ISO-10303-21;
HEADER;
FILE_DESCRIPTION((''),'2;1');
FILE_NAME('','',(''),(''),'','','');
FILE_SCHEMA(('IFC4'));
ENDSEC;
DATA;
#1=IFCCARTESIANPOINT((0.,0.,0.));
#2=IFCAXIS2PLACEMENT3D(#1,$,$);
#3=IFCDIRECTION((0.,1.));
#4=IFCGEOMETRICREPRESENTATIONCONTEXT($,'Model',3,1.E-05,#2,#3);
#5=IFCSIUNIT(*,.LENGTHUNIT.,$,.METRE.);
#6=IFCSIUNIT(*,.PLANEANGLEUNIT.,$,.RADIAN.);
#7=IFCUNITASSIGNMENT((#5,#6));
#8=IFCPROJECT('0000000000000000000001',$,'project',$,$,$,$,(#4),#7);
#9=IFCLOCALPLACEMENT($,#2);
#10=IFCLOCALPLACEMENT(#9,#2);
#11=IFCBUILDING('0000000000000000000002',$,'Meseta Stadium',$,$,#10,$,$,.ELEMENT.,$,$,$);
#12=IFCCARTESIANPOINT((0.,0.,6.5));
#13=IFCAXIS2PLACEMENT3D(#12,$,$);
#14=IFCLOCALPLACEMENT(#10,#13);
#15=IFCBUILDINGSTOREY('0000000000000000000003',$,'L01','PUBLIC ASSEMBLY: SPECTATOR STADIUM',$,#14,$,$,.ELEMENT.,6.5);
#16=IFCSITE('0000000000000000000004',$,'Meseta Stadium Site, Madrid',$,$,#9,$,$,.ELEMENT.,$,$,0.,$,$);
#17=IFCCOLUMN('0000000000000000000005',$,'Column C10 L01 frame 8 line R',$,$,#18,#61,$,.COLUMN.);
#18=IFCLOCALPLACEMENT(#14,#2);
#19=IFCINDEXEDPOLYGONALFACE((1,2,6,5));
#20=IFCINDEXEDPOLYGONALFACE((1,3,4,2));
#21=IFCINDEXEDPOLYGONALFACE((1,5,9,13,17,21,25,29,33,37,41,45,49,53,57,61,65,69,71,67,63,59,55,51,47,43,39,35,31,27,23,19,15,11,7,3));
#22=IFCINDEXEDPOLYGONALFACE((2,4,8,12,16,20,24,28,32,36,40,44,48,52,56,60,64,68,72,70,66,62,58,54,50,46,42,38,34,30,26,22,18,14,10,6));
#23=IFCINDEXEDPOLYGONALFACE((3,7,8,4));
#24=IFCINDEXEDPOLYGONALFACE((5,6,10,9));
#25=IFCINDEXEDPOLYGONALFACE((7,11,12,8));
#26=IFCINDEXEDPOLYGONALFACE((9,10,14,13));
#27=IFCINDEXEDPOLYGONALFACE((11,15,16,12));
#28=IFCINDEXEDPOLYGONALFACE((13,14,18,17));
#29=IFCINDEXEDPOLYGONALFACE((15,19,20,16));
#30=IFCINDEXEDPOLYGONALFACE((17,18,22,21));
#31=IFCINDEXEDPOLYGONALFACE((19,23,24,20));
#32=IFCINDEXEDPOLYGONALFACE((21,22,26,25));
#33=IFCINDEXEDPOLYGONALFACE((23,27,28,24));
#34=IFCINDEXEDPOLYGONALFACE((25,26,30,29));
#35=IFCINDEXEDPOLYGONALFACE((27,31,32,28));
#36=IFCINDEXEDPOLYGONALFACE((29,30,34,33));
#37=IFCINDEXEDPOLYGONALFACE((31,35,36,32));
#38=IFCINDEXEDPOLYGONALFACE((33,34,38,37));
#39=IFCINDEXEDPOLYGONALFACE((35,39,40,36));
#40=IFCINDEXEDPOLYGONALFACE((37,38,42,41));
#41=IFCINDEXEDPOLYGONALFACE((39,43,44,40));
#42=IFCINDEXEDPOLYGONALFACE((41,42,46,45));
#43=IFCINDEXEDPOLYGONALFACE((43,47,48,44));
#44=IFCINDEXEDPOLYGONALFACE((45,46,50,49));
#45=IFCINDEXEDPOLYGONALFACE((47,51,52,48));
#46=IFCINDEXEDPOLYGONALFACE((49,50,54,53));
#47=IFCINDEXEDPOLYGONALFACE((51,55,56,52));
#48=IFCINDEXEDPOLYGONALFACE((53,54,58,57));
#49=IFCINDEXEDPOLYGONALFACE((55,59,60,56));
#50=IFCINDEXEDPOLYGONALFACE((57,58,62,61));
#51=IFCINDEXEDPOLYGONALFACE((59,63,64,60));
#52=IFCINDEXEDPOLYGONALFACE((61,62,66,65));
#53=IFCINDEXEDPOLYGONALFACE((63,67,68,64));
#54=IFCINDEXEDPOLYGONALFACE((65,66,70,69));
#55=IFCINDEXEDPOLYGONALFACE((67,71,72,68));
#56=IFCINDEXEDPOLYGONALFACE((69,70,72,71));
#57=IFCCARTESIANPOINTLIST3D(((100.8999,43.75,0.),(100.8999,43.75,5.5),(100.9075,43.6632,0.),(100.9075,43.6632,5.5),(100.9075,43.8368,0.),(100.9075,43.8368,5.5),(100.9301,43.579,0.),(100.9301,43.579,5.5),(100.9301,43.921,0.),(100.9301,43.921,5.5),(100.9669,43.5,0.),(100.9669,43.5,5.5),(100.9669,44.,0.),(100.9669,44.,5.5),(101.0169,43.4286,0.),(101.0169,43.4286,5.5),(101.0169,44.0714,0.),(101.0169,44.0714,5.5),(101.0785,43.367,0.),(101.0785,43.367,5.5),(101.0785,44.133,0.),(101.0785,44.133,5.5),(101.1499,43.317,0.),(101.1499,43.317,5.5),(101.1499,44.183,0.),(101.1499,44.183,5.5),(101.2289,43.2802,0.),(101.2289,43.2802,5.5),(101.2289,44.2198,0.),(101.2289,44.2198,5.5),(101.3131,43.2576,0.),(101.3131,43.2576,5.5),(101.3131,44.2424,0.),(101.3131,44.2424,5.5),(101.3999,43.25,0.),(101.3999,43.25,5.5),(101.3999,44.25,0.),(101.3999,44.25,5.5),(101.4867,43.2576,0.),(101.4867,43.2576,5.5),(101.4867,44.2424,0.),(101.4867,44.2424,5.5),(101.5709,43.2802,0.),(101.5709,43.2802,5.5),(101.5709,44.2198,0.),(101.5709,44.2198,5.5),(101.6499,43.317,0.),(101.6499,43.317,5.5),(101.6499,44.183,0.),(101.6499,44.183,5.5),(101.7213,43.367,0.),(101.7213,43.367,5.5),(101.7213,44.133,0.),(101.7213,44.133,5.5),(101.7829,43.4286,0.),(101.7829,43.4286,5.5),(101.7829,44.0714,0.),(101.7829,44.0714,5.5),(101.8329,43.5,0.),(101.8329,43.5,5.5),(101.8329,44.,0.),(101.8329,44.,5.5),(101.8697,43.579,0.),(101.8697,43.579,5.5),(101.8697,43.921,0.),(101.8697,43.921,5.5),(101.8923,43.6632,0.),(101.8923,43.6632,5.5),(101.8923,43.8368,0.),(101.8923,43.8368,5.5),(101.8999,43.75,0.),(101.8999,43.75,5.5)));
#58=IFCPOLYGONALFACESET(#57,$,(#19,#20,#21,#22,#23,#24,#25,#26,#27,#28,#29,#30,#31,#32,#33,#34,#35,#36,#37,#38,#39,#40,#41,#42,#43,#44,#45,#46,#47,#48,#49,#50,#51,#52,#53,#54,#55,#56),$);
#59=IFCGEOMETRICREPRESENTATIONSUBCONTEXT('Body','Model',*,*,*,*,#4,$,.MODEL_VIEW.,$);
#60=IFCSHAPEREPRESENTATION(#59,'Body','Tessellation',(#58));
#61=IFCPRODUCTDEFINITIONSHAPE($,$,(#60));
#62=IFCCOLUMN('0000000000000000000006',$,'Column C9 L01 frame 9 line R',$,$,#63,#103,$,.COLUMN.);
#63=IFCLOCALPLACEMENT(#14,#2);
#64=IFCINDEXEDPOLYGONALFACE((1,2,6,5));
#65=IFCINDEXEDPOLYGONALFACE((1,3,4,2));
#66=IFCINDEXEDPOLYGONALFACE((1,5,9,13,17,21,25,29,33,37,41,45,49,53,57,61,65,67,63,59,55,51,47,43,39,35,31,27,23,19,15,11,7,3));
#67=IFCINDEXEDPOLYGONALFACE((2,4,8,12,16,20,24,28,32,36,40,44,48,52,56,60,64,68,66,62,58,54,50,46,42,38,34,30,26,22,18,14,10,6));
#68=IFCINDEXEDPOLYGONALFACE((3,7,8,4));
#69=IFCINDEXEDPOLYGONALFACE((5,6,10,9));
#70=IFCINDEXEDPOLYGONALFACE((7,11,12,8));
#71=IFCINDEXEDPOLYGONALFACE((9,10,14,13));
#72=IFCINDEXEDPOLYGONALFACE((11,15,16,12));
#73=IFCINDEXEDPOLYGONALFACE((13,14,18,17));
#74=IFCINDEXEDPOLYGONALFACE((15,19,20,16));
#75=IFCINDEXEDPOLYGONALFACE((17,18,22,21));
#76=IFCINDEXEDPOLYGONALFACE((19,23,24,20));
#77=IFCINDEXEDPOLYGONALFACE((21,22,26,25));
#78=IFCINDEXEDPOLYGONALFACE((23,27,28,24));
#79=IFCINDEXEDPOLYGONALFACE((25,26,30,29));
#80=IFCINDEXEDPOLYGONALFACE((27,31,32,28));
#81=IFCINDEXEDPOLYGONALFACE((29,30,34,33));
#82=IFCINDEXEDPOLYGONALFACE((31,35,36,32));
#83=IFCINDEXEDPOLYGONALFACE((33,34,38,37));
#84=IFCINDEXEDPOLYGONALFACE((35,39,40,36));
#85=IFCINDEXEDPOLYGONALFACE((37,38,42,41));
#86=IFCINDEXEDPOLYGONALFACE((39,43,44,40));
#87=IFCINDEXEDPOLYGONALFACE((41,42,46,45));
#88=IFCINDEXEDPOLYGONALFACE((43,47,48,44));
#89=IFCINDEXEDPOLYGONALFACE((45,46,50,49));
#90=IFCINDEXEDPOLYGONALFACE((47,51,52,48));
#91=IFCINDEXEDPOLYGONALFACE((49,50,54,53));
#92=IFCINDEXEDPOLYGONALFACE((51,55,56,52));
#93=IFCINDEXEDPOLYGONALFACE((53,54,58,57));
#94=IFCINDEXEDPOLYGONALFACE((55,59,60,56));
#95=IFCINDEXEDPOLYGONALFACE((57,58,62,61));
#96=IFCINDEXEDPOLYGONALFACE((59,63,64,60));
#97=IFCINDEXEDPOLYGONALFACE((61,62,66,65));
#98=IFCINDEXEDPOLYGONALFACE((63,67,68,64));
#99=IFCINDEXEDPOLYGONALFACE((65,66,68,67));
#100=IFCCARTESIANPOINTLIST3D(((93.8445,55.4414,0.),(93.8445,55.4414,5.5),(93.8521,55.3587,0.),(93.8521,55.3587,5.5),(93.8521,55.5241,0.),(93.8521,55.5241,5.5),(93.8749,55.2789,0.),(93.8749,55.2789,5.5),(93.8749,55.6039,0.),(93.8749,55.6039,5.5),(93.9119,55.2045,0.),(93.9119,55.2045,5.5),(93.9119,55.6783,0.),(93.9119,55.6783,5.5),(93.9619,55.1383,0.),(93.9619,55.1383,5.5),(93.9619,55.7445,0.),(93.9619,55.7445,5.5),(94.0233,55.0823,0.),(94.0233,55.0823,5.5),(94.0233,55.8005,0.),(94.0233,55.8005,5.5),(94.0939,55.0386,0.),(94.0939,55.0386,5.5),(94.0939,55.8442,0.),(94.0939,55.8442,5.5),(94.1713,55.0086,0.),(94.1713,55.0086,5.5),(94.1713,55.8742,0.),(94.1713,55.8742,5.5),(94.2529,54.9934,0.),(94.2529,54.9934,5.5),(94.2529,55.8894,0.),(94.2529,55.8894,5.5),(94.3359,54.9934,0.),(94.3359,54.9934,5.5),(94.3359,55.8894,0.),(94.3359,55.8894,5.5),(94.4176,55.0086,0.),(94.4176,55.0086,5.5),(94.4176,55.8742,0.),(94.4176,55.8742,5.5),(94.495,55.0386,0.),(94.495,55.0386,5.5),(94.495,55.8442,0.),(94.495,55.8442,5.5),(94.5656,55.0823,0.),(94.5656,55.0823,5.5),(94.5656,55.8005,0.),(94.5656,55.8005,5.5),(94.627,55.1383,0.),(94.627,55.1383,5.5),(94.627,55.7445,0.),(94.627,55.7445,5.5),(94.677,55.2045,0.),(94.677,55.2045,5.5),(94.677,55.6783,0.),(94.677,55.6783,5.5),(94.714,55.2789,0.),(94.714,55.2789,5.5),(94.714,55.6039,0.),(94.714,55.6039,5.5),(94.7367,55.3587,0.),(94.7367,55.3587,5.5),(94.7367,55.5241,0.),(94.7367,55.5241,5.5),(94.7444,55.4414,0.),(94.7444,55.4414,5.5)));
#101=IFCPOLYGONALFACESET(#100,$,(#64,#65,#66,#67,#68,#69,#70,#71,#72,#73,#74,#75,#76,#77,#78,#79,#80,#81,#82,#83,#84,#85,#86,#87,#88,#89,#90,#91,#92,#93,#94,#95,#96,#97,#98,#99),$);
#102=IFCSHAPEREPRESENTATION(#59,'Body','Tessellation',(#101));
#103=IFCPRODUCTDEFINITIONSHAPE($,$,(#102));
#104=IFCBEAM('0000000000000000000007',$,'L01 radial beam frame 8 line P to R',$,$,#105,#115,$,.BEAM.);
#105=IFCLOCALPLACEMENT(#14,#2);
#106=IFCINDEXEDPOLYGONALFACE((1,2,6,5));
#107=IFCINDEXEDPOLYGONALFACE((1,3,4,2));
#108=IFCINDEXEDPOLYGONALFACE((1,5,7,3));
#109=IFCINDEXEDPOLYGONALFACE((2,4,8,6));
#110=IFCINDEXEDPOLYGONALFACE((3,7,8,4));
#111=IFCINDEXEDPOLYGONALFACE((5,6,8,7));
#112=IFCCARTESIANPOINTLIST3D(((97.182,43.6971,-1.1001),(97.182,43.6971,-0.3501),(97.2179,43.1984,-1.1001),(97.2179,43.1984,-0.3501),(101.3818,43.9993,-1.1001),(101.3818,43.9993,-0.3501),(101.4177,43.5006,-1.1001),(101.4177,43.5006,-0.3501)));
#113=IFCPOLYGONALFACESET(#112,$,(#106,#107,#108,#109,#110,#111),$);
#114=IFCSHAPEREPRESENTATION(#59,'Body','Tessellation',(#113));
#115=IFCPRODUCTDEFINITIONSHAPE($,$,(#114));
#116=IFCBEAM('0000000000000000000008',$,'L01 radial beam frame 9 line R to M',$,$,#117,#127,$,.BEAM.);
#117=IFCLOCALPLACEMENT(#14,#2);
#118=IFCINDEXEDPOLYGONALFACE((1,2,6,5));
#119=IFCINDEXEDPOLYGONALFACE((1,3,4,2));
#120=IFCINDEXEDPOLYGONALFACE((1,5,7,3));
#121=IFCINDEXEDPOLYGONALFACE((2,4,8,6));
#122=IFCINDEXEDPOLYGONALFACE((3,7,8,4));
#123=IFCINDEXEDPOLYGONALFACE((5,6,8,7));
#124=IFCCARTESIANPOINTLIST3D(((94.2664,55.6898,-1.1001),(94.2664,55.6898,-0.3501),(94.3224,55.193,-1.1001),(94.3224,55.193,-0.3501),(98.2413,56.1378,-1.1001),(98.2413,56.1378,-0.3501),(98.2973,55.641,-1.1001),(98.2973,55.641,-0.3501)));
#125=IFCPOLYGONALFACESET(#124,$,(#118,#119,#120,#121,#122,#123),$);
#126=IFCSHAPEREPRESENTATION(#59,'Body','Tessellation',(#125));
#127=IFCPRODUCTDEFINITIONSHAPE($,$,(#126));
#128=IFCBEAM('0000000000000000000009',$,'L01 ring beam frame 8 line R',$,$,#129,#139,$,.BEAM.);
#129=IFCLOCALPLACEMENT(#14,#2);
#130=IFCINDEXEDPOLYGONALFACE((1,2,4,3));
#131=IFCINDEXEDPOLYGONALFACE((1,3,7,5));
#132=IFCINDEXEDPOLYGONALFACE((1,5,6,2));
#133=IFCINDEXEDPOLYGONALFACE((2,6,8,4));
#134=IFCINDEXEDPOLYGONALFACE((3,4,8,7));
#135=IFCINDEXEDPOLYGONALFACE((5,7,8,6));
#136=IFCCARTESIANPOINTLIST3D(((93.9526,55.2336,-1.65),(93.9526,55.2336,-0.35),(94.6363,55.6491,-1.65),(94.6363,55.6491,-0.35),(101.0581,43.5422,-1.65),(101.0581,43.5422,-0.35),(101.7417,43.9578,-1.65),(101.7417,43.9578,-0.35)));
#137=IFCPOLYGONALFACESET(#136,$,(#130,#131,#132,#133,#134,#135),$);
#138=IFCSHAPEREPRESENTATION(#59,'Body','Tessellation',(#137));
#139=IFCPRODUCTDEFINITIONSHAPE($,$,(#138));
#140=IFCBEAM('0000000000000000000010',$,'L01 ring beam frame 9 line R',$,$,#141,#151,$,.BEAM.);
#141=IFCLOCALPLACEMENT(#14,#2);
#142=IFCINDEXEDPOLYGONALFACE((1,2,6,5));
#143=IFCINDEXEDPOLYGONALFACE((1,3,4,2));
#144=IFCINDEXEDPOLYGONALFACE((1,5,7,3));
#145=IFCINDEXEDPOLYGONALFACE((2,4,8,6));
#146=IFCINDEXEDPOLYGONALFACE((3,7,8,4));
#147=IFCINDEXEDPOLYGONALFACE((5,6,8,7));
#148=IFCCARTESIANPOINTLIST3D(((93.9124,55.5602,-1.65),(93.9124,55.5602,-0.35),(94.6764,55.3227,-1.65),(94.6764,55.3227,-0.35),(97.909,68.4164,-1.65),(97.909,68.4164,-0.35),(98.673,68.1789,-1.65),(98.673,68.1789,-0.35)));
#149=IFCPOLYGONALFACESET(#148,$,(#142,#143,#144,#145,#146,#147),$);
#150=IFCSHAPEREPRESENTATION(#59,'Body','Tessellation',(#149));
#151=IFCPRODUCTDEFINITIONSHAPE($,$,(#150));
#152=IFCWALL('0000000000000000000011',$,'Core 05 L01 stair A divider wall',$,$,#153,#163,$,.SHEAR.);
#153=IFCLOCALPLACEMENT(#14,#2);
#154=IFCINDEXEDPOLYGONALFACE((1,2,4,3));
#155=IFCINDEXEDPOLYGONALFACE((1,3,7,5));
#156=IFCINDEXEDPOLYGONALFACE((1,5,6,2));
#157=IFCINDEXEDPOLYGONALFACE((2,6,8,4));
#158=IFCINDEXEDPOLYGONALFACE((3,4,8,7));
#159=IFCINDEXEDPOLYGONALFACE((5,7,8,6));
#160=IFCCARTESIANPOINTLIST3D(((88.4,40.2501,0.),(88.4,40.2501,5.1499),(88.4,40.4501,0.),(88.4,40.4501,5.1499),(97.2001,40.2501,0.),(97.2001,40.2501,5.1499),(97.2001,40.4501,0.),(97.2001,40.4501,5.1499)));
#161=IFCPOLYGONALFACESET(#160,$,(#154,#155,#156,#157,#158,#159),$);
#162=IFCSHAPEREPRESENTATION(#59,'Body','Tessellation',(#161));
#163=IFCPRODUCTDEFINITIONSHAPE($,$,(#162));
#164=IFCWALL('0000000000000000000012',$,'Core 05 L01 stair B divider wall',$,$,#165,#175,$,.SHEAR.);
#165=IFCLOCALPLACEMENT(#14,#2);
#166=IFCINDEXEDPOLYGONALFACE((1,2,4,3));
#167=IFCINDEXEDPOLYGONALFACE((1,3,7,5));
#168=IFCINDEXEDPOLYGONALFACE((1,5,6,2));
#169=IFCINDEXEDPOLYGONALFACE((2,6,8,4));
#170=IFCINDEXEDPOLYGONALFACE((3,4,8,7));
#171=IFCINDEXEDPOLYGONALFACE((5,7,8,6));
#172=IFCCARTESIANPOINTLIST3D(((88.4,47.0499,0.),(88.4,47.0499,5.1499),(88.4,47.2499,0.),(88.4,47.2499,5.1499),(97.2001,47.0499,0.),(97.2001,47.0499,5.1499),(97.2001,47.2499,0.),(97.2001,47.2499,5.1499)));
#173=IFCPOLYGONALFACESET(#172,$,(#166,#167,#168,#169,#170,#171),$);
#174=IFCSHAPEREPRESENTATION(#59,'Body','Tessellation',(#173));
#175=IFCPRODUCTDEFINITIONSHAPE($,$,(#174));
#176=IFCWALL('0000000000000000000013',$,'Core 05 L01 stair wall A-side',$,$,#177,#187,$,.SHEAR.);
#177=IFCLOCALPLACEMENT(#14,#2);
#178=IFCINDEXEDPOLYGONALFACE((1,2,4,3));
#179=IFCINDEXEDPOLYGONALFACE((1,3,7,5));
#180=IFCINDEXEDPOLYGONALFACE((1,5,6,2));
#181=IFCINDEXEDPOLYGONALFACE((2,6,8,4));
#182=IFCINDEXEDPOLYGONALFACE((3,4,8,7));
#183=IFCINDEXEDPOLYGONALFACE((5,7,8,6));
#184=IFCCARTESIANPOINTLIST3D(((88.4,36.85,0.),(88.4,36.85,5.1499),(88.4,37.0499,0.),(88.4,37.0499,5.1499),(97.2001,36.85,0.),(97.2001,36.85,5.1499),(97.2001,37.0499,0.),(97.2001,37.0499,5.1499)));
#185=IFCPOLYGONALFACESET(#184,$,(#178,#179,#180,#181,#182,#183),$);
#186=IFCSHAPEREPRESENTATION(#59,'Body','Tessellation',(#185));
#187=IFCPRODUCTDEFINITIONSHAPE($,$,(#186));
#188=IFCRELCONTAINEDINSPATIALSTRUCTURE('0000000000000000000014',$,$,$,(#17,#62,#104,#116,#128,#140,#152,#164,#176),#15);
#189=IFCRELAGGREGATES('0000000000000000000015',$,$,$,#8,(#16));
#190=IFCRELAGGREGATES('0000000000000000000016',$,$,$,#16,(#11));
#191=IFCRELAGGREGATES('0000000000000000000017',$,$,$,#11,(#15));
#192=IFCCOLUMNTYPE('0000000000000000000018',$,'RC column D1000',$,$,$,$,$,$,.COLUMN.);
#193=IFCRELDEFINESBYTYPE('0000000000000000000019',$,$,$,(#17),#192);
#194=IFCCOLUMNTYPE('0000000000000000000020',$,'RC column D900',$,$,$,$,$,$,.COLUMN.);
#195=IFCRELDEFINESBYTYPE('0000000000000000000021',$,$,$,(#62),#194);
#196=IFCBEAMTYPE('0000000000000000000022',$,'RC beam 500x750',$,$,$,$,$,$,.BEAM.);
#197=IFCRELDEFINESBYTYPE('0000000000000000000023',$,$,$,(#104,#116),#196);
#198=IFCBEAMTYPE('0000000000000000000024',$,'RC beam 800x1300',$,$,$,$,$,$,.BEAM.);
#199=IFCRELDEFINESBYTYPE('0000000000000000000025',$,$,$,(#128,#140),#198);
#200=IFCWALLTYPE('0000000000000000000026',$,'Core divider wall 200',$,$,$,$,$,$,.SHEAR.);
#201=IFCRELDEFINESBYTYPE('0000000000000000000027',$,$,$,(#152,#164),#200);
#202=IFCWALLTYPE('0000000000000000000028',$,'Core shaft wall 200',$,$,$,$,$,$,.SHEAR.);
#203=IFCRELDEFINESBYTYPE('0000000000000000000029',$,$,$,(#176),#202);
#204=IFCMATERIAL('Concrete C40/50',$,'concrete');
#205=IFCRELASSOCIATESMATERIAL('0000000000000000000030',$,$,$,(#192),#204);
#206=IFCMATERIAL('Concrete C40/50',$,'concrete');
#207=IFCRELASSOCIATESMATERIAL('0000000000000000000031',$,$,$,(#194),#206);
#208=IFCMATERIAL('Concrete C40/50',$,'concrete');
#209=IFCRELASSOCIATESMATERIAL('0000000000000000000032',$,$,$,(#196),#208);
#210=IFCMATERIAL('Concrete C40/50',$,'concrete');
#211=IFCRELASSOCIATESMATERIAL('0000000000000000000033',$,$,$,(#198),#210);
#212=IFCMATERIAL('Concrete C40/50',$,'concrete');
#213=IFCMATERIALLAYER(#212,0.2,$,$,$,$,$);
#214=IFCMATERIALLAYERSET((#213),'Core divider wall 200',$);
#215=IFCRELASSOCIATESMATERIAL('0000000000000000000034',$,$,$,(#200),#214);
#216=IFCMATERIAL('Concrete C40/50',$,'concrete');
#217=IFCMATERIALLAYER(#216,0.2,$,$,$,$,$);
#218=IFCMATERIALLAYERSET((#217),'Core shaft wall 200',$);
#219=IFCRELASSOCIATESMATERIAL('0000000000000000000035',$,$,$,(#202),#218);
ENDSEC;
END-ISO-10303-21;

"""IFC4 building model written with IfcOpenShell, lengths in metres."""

from ifc_helpers import new_model, si_unit, direction, frame, frame_2d, origin, origin_2d, place, context, subcontext, project, spatial, rectangle, circle, extrude, material, layer, layer_set, material_profile, profile_set, type_object, element, save


model = new_model("IFC4")

# Units and contexts
model_context = context("Model", 3, precision=1e-05, world=origin(), true_north=direction((0.0, 1.0)))
body_context = subcontext(model_context, "Body", "Model", "MODEL_VIEW")
ifc_project = project(units=[si_unit("LENGTHUNIT", "METRE"), si_unit("PLANEANGLEUNIT", "RADIAN")], contexts=[model_context])

# Site, building, storey
site_placement = place(None, origin())
site = spatial("IfcSite", under=ifc_project, at=site_placement, Name="Meseta Stadium Site, Madrid", CompositionType="ELEMENT", RefElevation=0.0)
building_placement = place(site_placement, origin())
building = spatial("IfcBuilding", under=site, at=building_placement, Name="Meseta Stadium", CompositionType="ELEMENT")
storey_placement = place(building_placement, frame((0.0, 0.0, 6.5)))
storey = spatial("IfcBuildingStorey", under=building, at=storey_placement, Name="L01", Description="PUBLIC ASSEMBLY: SPECTATOR STADIUM", CompositionType="ELEMENT", Elevation=6.5)

# Columns
ifc_material_1 = material(Name="Concrete C40/50", Category="concrete")
ifc_material_profile_1 = material_profile(ifc_material_1, circle(Radius=0.5, at=origin_2d()), Name="RC D1000")
ifc_profile_set_1 = profile_set([ifc_material_profile_1], Name="Concrete C40/50")
column_type_1 = type_object("IfcColumnType", Name="RC column D1000", PredefinedType="COLUMN", material=ifc_profile_set_1)
column_1_placement = place(storey_placement, frame((101.3999, 43.75, 0.0), z_axis=(0.0, 0.0, 1.0), x_axis=(1.0, 0.0, 0.0)))
element("IfcColumn", 1, at=column_1_placement, inside=storey, type_object=column_type_1, Name="Column C10 L01 frame 8 line R", PredefinedType="COLUMN", context=body_context, shape_type="SweptSolid", body=[
    extrude(circle(Radius=0.5, at=origin_2d()), origin(), (0.0, 0.0, 1.0), 5.5),
])
ifc_material_2 = material(Name="Concrete C40/50", Category="concrete")
ifc_material_profile_2 = material_profile(ifc_material_2, circle(Radius=0.45, at=origin_2d()), Name="RC D900")
ifc_profile_set_2 = profile_set([ifc_material_profile_2], Name="Concrete C40/50")
column_type_2 = type_object("IfcColumnType", Name="RC column D900", PredefinedType="COLUMN", material=ifc_profile_set_2)
column_2_placement = place(storey_placement, frame((94.2944, 55.4414, 0.0), z_axis=(0.0, 0.0, 1.0), x_axis=(1.0, 0.0, 0.0)))
element("IfcColumn", 2, at=column_2_placement, inside=storey, type_object=column_type_2, Name="Column C9 L01 frame 9 line R", PredefinedType="COLUMN", context=body_context, shape_type="SweptSolid", body=[
    extrude(circle(Radius=0.45, at=origin_2d()), origin(), (0.0, 0.0, 1.0), 5.5),
])

# Beams
ifc_material_3 = material(Name="Concrete C40/50", Category="concrete")
ifc_material_profile_3 = material_profile(ifc_material_3, rectangle(XDim=0.5, YDim=0.75, at=origin_2d()), Name="RC 500x750")
ifc_profile_set_3 = profile_set([ifc_material_profile_3], Name="Concrete C40/50")
beam_type_1 = type_object("IfcBeamType", Name="RC beam 500x750", PredefinedType="BEAM", material=ifc_profile_set_3)
beam_1_placement = place(storey_placement, frame((97.2, 43.4478, -0.7251), z_axis=(0.997421, 0.071779, 0.0), x_axis=(-0.071779, 0.997421, 0.0)))
element("IfcBeam", 3, at=beam_1_placement, inside=storey, type_object=beam_type_1, Name="L01 radial beam frame 8 line P to R", PredefinedType="BEAM", context=body_context, shape_type="SweptSolid", body=[
    extrude(rectangle(XDim=0.5, YDim=0.75, at=origin_2d()), origin(), (0.0, 0.0, 1.0), 4.2107),
])
beam_2_placement = place(storey_placement, frame((94.2944, 55.4414, -0.7251), z_axis=(0.993708, 0.111999, 0.0), x_axis=(-0.111999, 0.993708, 0.0)))
element("IfcBeam", 4, at=beam_2_placement, inside=storey, type_object=beam_type_1, Name="L01 radial beam frame 9 line R to M", PredefinedType="BEAM", context=body_context, shape_type="SweptSolid", body=[
    extrude(rectangle(XDim=0.5, YDim=0.75, at=origin_2d()), origin(), (0.0, 0.0, 1.0), 4.0),
])
ifc_material_4 = material(Name="Concrete C40/50", Category="concrete")
ifc_material_profile_4 = material_profile(ifc_material_4, rectangle(XDim=0.8, YDim=1.3, at=origin_2d()), Name="RC 800x1300")
ifc_profile_set_4 = profile_set([ifc_material_profile_4], Name="Concrete C40/50")
beam_type_2 = type_object("IfcBeamType", Name="RC beam 800x1300", PredefinedType="BEAM", material=ifc_profile_set_4)
beam_3_placement = place(storey_placement, frame((101.3999, 43.75, -1.0), z_axis=(-0.519358, 0.854557, 0.0), x_axis=(-0.854557, -0.519358, 0.0)))
element("IfcBeam", 5, at=beam_3_placement, inside=storey, type_object=beam_type_2, Name="L01 ring beam frame 8 line R", PredefinedType="BEAM", context=body_context, shape_type="SweptSolid", body=[
    extrude(rectangle(XDim=0.8, YDim=1.3, at=origin_2d()), origin(), (0.0, 0.0, 1.0), 13.6812),
])
beam_4_placement = place(storey_placement, frame((94.2944, 55.4414, -1.0), z_axis=(0.296855, 0.954923, 0.0), x_axis=(-0.954923, 0.296855, 0.0)))
element("IfcBeam", 6, at=beam_4_placement, inside=storey, type_object=beam_type_2, Name="L01 ring beam frame 9 line R", PredefinedType="BEAM", context=body_context, shape_type="SweptSolid", body=[
    extrude(rectangle(XDim=0.8, YDim=1.3, at=origin_2d()), origin(), (0.0, 0.0, 1.0), 13.4631),
])

# Walls
ifc_material_5 = material(Name="Concrete C40/50", Category="concrete")
ifc_layer_1 = layer(ifc_material_5, 0.2)
ifc_layer_set_1 = layer_set([ifc_layer_1], Name="Core divider wall 200")
wall_type_1 = type_object("IfcWallType", Name="Core divider wall 200", PredefinedType="SHEAR", material=ifc_layer_set_1)
for number, where, z_axis, x_axis, name in (
    (7, (97.2, 40.3501, 0.0), (0.0, 0.0, 1.0), (-1.0, 0.0, 0.0), "Core 05 L01 stair A divider wall"),
    (8, (97.2, 47.1499, 0.0), (0.0, 0.0, 1.0), (-1.0, 0.0, 0.0), "Core 05 L01 stair B divider wall"),
):
    element("IfcWall", number, at=place(storey_placement, frame(where, z_axis=z_axis, x_axis=x_axis)), inside=storey, type_object=wall_type_1, Name=name, PredefinedType="SHEAR", context=body_context, shape_type="SweptSolid", body=[
        extrude(rectangle(XDim=8.8, YDim=0.2, at=frame_2d((4.3999, 0.0))), origin(), (0.0, 0.0, 1.0), 5.1499),
    ])
ifc_material_6 = material(Name="Concrete C40/50", Category="concrete")
ifc_layer_2 = layer(ifc_material_6, 0.2)
ifc_layer_set_2 = layer_set([ifc_layer_2], Name="Core shaft wall 200")
wall_type_2 = type_object("IfcWallType", Name="Core shaft wall 200", PredefinedType="SHEAR", material=ifc_layer_set_2)
for number, where, z_axis, x_axis, name in (
    (9, (97.2, 36.95, 0.0), (0.0, 0.0, 1.0), (-1.0, 0.0, 0.0), "Core 05 L01 stair wall A-side"),
):
    element("IfcWall", number, at=place(storey_placement, frame(where, z_axis=z_axis, x_axis=x_axis)), inside=storey, type_object=wall_type_2, Name=name, PredefinedType="SHEAR", context=body_context, shape_type="SweptSolid", body=[
        extrude(rectangle(XDim=8.8, YDim=0.2, at=frame_2d((4.3999, 0.0))), origin(), (0.0, 0.0, 1.0), 5.1499),
    ])

save(model, "model.ifc")
